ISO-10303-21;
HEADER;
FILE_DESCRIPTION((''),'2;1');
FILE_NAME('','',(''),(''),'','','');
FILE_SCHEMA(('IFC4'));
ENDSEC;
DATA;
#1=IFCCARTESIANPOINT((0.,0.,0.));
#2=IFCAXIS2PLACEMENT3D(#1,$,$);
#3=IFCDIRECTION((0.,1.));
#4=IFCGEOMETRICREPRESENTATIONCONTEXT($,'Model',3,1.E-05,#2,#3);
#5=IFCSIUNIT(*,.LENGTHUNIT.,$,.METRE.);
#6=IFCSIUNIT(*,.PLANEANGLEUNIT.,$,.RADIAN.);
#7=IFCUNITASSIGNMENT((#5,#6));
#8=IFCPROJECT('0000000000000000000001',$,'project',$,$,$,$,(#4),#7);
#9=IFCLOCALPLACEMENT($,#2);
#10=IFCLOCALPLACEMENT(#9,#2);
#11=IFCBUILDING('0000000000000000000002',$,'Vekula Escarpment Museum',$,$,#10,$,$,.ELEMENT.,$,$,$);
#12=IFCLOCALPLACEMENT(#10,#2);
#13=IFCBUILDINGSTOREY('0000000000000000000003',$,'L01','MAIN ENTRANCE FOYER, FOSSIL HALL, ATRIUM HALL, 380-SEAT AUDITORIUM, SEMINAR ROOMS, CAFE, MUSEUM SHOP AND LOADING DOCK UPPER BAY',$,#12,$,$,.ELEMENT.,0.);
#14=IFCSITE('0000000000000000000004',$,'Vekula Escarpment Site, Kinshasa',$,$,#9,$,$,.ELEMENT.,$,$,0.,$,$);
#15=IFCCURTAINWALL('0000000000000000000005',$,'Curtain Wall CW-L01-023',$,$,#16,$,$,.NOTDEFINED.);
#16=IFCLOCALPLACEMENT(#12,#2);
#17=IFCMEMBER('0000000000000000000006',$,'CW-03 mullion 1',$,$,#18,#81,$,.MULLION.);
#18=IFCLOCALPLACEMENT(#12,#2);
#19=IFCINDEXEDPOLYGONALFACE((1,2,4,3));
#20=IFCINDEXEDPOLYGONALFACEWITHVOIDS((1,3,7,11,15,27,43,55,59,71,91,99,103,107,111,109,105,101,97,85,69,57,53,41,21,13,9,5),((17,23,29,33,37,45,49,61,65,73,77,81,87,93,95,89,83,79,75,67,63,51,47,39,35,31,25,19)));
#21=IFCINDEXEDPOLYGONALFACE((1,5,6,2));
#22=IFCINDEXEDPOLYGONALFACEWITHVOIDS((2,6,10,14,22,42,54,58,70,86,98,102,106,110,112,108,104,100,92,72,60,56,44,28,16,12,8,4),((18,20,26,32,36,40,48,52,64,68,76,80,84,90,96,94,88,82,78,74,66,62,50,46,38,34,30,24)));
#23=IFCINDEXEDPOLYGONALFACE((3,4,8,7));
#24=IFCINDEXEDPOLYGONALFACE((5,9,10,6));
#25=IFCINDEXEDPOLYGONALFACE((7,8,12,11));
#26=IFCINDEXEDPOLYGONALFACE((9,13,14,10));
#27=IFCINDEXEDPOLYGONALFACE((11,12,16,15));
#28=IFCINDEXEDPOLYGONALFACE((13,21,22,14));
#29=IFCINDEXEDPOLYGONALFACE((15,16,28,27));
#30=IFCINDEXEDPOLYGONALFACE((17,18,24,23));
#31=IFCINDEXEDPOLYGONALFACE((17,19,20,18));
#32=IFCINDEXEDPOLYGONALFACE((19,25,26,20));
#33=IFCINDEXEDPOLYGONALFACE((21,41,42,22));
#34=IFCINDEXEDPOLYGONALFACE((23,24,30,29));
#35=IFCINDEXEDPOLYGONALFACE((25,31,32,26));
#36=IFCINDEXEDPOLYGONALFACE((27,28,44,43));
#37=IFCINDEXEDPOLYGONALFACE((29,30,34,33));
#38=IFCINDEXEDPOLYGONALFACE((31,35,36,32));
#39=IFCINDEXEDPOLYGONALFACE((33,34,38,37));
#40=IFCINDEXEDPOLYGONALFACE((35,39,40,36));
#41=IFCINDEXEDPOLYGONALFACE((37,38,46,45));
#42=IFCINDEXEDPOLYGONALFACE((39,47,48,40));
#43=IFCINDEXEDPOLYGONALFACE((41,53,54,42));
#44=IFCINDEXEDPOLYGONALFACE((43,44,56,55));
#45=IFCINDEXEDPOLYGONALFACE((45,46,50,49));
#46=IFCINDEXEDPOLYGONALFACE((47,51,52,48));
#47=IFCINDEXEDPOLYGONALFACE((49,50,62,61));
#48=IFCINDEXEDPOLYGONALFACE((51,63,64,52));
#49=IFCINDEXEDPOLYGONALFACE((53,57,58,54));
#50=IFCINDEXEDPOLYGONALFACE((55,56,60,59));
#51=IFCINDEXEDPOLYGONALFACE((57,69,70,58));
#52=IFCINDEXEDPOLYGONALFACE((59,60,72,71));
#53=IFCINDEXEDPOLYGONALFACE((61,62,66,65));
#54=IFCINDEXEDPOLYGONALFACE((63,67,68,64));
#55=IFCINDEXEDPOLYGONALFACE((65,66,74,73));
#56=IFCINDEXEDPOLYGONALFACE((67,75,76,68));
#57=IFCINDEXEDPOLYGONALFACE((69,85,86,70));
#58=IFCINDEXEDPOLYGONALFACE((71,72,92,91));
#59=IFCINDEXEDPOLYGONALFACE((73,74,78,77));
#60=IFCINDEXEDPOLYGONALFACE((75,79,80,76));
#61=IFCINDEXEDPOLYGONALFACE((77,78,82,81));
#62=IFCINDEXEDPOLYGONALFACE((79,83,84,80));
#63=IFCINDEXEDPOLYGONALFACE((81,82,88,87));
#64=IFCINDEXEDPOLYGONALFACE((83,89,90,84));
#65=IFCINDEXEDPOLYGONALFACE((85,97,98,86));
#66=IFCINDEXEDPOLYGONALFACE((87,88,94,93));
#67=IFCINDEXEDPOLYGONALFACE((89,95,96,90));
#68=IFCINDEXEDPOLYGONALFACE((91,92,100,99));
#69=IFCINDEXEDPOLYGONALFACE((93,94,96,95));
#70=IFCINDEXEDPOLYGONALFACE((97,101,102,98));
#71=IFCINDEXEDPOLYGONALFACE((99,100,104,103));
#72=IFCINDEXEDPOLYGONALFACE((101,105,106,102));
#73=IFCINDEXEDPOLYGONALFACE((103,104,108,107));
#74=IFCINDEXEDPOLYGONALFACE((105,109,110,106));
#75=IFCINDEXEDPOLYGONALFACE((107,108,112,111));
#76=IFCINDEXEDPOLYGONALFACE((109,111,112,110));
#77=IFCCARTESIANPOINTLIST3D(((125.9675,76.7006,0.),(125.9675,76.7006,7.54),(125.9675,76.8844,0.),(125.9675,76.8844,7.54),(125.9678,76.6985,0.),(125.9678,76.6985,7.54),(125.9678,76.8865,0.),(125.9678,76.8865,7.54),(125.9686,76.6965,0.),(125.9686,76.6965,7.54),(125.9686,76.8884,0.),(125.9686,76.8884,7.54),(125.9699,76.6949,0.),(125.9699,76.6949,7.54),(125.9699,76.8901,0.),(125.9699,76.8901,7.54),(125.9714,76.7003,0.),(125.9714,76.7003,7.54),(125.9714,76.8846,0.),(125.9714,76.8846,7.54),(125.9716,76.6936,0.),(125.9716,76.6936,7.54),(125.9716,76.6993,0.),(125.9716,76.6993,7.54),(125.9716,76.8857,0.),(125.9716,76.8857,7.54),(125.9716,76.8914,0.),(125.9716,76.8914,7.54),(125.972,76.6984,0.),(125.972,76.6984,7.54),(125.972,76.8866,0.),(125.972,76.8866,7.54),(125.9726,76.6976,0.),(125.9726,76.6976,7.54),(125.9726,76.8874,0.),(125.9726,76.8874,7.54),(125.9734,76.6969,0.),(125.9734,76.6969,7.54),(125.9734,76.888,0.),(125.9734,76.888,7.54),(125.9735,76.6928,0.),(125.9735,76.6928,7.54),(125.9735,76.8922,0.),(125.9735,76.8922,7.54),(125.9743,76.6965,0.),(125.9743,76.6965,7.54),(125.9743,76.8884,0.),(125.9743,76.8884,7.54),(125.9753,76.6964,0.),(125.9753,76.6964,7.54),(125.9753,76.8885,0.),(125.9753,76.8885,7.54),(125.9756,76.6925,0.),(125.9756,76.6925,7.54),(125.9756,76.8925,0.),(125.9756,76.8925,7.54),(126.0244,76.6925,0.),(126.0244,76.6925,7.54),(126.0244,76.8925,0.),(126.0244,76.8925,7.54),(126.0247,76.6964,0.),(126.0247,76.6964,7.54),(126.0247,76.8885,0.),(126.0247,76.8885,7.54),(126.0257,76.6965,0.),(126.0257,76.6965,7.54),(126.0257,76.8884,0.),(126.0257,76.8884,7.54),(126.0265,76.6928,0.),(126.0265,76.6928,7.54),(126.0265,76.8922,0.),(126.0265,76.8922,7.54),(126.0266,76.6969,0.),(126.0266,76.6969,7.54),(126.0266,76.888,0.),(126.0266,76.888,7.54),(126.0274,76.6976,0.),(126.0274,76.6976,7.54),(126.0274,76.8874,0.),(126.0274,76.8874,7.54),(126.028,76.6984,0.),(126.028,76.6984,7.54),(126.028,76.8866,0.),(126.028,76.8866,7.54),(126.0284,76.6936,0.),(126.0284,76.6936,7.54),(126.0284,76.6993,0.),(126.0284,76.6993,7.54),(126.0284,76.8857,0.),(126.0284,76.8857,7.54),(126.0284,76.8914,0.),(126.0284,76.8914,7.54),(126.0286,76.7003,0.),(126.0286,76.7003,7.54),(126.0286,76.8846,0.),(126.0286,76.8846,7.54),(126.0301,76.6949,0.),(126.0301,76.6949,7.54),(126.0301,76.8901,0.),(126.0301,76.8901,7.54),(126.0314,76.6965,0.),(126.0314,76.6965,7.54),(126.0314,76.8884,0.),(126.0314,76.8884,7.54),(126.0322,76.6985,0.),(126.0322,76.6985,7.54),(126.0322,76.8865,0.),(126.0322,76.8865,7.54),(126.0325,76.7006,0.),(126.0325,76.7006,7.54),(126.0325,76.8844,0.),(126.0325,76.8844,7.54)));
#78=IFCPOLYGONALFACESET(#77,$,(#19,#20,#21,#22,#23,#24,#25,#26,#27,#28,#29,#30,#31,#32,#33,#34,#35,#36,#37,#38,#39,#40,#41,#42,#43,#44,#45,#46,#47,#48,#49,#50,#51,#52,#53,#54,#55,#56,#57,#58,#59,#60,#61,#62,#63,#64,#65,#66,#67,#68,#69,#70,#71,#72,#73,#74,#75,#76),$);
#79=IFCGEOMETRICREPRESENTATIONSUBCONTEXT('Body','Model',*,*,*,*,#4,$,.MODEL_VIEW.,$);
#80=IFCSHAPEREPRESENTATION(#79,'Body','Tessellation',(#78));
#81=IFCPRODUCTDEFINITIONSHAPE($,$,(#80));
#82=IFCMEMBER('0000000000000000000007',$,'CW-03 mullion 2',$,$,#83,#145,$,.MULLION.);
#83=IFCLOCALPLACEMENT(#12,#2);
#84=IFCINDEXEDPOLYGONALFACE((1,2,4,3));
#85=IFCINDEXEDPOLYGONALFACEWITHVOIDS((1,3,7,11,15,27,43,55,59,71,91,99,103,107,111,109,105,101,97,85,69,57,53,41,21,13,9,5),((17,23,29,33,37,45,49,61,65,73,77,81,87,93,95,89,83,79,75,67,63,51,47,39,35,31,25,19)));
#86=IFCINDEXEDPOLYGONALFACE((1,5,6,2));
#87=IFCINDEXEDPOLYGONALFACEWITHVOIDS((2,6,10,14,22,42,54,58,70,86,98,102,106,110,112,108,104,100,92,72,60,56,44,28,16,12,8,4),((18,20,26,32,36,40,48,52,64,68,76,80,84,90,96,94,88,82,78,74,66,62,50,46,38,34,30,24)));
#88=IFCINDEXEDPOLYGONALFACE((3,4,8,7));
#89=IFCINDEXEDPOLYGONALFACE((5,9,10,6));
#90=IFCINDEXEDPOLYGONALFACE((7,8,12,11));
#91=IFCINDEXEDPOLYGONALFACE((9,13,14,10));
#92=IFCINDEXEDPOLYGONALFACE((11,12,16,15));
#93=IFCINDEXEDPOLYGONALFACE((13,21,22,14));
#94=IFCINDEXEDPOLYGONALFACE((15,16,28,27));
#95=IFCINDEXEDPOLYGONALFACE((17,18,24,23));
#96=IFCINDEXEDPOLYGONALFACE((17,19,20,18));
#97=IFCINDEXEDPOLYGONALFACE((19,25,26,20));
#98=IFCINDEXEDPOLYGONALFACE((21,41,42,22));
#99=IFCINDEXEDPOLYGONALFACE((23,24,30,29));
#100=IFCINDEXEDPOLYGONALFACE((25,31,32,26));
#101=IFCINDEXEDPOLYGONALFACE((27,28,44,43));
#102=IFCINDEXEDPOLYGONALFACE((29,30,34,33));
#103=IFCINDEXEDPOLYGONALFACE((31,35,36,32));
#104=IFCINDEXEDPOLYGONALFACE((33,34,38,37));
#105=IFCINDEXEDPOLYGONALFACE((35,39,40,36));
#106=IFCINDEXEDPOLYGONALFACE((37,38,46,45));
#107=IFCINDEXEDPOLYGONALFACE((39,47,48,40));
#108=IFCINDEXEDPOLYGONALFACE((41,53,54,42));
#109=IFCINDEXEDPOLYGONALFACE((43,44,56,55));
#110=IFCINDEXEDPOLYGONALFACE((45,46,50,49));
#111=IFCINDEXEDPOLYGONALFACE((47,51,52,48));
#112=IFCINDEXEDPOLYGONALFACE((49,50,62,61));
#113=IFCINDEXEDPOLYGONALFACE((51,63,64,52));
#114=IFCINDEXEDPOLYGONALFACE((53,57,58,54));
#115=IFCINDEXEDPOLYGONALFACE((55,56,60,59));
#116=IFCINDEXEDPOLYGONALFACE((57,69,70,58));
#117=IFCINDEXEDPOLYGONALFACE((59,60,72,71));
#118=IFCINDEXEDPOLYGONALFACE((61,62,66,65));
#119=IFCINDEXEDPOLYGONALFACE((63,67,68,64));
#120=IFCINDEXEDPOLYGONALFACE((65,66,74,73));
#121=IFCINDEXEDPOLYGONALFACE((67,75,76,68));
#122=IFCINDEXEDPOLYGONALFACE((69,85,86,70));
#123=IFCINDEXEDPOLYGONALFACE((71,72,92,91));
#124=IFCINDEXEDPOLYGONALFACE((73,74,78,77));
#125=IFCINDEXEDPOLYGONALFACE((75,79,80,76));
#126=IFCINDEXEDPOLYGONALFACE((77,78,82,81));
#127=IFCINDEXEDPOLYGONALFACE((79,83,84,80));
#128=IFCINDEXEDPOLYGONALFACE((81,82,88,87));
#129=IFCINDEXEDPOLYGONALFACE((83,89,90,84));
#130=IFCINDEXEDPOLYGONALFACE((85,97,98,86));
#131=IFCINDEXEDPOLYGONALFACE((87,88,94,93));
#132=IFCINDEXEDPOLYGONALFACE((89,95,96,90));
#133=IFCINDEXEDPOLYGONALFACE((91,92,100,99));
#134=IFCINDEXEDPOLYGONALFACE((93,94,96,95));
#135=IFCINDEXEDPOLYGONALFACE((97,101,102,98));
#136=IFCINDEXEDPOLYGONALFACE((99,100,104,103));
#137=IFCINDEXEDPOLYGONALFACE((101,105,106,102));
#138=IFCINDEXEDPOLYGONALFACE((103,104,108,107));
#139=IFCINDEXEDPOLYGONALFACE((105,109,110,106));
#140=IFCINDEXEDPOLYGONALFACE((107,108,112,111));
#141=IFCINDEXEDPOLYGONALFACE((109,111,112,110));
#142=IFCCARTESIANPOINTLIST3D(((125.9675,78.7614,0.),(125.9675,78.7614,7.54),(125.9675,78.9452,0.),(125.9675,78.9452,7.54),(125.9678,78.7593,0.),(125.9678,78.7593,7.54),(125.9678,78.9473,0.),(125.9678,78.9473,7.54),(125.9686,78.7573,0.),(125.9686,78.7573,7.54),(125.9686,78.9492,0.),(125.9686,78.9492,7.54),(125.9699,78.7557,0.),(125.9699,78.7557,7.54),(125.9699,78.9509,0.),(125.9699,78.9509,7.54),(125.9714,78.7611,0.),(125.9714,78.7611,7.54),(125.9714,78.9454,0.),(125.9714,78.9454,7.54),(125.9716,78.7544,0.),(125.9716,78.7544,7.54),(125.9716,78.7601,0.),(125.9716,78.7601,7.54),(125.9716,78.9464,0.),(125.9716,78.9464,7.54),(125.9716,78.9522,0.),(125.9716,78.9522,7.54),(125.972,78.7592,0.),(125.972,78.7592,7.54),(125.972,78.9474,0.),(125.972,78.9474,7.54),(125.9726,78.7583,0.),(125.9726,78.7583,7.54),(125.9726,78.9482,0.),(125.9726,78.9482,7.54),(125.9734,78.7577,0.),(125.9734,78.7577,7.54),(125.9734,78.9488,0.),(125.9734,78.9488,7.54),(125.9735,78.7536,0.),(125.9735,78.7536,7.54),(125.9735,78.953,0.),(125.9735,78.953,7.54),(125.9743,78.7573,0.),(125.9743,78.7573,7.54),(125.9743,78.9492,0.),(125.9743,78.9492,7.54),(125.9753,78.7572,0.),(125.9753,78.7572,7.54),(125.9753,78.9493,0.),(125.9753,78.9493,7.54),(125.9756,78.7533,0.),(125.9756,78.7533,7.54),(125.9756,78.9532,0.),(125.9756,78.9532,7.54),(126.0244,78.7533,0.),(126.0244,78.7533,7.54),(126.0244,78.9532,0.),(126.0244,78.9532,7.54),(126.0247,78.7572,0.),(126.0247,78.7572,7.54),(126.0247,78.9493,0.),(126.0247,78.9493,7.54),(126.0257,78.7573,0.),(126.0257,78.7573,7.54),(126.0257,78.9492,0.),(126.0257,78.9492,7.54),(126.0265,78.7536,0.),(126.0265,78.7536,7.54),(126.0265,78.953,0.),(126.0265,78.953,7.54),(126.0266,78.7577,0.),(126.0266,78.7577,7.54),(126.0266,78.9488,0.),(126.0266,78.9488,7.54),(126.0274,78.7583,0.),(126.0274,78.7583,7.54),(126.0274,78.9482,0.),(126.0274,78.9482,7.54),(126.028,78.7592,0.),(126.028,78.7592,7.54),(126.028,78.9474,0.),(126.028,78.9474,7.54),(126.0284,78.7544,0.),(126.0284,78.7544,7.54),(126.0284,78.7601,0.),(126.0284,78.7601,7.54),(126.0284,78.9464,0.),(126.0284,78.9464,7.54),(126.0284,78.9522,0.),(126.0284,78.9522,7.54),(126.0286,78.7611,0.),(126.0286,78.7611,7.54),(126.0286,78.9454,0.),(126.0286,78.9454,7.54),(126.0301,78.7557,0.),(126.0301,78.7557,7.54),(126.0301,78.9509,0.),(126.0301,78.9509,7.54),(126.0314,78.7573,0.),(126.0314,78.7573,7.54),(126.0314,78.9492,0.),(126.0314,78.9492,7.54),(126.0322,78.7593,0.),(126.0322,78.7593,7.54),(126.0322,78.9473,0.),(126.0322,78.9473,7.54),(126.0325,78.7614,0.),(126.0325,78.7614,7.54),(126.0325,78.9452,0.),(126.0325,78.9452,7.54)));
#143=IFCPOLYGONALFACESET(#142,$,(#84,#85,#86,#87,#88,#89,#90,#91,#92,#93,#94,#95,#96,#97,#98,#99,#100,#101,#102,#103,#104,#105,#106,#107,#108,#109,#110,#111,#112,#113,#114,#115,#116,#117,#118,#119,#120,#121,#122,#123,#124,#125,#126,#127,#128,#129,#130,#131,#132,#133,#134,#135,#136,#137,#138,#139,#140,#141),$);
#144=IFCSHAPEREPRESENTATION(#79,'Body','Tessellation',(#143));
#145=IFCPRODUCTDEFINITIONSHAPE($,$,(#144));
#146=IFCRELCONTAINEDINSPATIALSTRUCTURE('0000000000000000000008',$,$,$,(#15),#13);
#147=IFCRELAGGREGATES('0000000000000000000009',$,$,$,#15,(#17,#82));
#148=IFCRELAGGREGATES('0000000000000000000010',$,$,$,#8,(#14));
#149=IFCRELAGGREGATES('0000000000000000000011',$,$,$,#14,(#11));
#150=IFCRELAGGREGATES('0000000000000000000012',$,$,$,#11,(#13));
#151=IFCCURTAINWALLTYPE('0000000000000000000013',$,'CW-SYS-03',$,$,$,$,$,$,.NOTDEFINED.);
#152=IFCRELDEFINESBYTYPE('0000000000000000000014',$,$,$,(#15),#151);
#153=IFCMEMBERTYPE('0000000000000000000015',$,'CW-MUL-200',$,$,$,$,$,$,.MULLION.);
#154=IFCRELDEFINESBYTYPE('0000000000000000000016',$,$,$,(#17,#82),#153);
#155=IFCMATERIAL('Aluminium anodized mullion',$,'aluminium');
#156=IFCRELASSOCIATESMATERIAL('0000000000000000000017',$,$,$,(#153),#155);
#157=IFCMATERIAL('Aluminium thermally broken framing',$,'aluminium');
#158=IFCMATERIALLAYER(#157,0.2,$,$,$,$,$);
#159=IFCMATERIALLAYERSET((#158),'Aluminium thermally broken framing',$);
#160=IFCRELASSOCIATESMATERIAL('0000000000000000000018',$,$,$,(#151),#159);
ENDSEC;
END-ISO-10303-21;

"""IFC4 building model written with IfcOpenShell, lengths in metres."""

from ifc_helpers import new_model, si_unit, direction, frame, origin, origin_2d, place, context, subcontext, project, spatial, hollow_rectangle, extrude, material, layer, layer_set, material_profile, profile_set, type_object, element, aggregate, save


model = new_model("IFC4")

# Units and contexts
model_context = context("Model", 3, precision=1e-05, world=origin(), true_north=direction((0.0, 1.0)))
body_context = subcontext(model_context, "Body", "Model", "MODEL_VIEW")
ifc_project = project(units=[si_unit("LENGTHUNIT", "METRE"), si_unit("PLANEANGLEUNIT", "RADIAN")], contexts=[model_context])

# Site, building, storey
site_placement = place(None, origin())
site = spatial("IfcSite", under=ifc_project, at=site_placement, Name="Vekula Escarpment Site, Kinshasa", CompositionType="ELEMENT", RefElevation=0.0)
building_placement = place(site_placement, origin())
building = spatial("IfcBuilding", under=site, at=building_placement, Name="Vekula Escarpment Museum", CompositionType="ELEMENT")
storey_placement = place(building_placement, origin())
storey = spatial("IfcBuildingStorey", under=building, at=storey_placement, Name="L01", Description="MAIN ENTRANCE FOYER, FOSSIL HALL, ATRIUM HALL, 380-SEAT AUDITORIUM, SEMINAR ROOMS, CAFE, MUSEUM SHOP AND LOADING DOCK UPPER BAY", CompositionType="ELEMENT", Elevation=0.0)

# Curtain wall, members
ifc_material_1 = material(Name="Aluminium anodized mullion", Category="aluminium")
ifc_material_profile_1 = material_profile(ifc_material_1, hollow_rectangle(XDim=0.0649, YDim=0.2, WallThickness=0.0039, InnerFilletRadius=0.0039, OuterFilletRadius=0.0081, at=origin_2d()), Name="ALU 200x65x4")
ifc_profile_set_1 = profile_set([ifc_material_profile_1], Name="Aluminium anodized mullion")
member_type_1 = type_object("IfcMemberType", Name="CW-MUL-200", PredefinedType="MULLION", material=ifc_profile_set_1)
ifc_material_2 = material(Name="Aluminium thermally broken framing", Category="aluminium")
ifc_layer_1 = layer(ifc_material_2, 0.2)
ifc_layer_set_1 = layer_set([ifc_layer_1], Name="Aluminium thermally broken framing")
curtain_wall_type_1 = type_object("IfcCurtainWallType", Name="CW-SYS-03", PredefinedType="NOTDEFINED", material=ifc_layer_set_1)
curtain_wall_1_placement = place(storey_placement, origin())
curtain_wall_1 = element("IfcCurtainWall", 1, at=curtain_wall_1_placement, inside=storey, type_object=curtain_wall_type_1, Name="Curtain Wall CW-L01-023", PredefinedType="NOTDEFINED")
member_1_placement = place(storey_placement, frame((126.0, 76.7925, 0.0), z_axis=(0.0, 0.0, 1.0), x_axis=(-1.0, 0.0, 0.0)))
member_1 = element("IfcMember", 2, at=member_1_placement, type_object=member_type_1, Name="CW-03 mullion 1", PredefinedType="MULLION", context=body_context, shape_type="SweptSolid", body=[
    extrude(hollow_rectangle(XDim=0.0649, YDim=0.2, WallThickness=0.0039, InnerFilletRadius=0.0039, OuterFilletRadius=0.0081, at=origin_2d()), origin(), (0.0, 0.0, 1.0), 7.54),
])
member_2_placement = place(storey_placement, frame((126.0, 78.8533, 0.0), z_axis=(0.0, 0.0, 1.0), x_axis=(-1.0, 0.0, 0.0)))
member_2 = element("IfcMember", 3, at=member_2_placement, type_object=member_type_1, Name="CW-03 mullion 2", PredefinedType="MULLION", context=body_context, shape_type="SweptSolid", body=[
    extrude(hollow_rectangle(XDim=0.0649, YDim=0.2, WallThickness=0.0039, InnerFilletRadius=0.0039, OuterFilletRadius=0.0081, at=origin_2d()), origin(), (0.0, 0.0, 1.0), 7.54),
])

aggregate(curtain_wall_1, [member_1, member_2])

save(model, "model.ifc")
